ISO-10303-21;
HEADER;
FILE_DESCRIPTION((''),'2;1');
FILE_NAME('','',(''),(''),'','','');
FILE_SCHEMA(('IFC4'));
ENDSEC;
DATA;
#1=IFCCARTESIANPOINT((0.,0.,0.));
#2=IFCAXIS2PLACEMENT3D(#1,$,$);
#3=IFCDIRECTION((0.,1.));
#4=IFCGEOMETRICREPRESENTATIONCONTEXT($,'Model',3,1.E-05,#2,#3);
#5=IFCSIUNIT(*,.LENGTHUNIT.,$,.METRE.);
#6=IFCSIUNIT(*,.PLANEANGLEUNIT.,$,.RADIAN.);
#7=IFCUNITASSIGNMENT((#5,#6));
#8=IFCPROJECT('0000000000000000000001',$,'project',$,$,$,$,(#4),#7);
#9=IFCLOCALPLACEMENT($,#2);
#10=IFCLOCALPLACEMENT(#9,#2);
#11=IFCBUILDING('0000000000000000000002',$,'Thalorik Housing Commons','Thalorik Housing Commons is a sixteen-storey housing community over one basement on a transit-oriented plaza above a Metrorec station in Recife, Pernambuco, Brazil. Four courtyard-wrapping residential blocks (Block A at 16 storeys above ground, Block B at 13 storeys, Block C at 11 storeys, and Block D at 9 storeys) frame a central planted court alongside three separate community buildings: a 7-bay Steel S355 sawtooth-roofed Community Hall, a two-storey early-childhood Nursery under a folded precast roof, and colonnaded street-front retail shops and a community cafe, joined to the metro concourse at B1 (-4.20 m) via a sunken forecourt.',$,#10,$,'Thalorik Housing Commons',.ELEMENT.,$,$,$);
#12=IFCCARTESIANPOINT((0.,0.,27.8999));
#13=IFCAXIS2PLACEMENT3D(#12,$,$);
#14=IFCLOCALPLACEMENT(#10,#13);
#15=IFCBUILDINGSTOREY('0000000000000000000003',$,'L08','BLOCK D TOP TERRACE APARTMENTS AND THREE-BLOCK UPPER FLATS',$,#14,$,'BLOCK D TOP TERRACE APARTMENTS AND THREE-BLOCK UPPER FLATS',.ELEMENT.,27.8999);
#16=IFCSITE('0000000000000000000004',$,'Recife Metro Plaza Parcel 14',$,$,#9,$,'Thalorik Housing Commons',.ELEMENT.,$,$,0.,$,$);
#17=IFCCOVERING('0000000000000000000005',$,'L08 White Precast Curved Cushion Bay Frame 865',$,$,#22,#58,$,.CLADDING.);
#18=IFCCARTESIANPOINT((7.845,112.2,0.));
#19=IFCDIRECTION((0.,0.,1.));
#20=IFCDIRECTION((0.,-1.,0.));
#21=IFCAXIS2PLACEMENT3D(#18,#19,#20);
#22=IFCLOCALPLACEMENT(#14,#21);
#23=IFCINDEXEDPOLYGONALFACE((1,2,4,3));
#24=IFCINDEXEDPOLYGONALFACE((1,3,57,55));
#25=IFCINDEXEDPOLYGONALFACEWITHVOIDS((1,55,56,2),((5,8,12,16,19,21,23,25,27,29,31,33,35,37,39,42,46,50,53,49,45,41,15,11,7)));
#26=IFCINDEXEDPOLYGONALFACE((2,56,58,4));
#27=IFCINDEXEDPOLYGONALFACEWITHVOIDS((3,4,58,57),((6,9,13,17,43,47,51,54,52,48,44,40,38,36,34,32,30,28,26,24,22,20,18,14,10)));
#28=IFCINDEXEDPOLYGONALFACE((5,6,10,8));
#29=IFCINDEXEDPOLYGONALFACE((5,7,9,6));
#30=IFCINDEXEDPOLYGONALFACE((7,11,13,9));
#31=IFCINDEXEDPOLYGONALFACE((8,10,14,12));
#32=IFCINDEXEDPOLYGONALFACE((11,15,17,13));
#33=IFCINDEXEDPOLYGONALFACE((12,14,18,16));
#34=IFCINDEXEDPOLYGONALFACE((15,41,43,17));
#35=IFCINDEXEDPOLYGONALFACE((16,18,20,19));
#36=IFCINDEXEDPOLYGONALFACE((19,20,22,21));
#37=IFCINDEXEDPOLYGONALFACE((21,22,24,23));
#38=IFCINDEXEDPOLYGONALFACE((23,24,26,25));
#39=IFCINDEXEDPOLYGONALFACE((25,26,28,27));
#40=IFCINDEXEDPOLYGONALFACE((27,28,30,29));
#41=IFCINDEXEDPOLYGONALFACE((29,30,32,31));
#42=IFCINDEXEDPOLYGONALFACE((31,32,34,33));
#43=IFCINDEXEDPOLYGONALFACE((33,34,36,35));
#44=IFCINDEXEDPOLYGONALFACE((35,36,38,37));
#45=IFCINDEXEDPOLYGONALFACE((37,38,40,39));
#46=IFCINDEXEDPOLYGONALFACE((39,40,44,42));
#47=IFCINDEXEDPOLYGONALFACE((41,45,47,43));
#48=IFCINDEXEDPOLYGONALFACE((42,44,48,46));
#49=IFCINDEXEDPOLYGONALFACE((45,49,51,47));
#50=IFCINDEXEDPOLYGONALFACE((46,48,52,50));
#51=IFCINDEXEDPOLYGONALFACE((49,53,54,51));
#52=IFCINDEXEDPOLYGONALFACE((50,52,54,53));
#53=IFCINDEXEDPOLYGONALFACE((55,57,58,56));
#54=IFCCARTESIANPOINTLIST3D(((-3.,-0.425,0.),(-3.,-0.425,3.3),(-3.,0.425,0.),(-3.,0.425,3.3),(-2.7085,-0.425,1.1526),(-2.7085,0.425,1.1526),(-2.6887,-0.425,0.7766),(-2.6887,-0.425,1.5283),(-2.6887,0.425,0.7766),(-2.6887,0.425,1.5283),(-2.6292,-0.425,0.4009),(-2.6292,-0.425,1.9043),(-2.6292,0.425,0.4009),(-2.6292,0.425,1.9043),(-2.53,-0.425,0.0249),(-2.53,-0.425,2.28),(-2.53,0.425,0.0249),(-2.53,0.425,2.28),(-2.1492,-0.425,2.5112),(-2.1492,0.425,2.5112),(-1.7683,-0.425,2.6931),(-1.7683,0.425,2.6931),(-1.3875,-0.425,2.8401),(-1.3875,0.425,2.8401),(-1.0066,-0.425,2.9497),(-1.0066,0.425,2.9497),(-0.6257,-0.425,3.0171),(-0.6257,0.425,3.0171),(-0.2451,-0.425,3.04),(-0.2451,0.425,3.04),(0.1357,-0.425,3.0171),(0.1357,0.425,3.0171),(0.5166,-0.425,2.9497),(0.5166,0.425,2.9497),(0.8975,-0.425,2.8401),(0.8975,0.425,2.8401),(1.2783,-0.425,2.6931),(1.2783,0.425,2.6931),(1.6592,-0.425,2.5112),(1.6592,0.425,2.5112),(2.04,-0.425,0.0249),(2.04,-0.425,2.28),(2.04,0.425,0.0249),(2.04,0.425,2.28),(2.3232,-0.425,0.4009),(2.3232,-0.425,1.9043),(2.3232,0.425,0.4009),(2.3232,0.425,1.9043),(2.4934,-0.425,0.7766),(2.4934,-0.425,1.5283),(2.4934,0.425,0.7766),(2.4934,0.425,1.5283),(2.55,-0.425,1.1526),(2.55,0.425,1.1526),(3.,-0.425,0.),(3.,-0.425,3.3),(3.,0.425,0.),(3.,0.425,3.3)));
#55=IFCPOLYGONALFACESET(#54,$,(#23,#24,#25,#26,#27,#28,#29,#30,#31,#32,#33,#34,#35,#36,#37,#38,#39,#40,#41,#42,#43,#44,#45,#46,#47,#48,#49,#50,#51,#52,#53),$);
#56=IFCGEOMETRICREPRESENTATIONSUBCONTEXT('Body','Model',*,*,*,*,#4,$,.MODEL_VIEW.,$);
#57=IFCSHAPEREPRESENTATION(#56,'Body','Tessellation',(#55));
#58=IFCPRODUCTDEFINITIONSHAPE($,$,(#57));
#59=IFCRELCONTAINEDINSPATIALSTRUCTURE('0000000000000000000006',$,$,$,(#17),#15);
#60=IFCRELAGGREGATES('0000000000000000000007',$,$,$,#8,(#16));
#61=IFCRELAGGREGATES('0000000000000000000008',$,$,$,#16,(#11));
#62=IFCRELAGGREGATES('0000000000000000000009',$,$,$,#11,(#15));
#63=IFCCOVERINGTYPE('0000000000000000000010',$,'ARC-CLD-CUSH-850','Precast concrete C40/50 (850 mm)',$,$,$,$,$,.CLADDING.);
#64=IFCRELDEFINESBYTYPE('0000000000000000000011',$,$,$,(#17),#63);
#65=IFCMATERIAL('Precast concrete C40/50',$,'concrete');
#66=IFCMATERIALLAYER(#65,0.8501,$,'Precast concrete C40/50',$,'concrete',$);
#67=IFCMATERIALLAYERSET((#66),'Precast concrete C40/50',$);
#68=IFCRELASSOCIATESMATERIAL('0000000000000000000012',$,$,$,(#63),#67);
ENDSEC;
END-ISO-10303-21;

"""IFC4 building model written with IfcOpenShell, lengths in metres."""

from ifc_helpers import new_model, si_unit, direction, frame, origin, place, context, subcontext, project, spatial, polyline, outline, extrude, material, layer, layer_set, type_object, element, save


model = new_model("IFC4")

# Units and contexts
model_context = context("Model", 3, precision=1e-05, world=origin(), true_north=direction((0.0, 1.0)))
body_context = subcontext(model_context, "Body", "Model", "MODEL_VIEW")
ifc_project = project(units=[si_unit("LENGTHUNIT", "METRE"), si_unit("PLANEANGLEUNIT", "RADIAN")], contexts=[model_context])

# Site, building, storey
site_placement = place(None, origin())
site = spatial("IfcSite", under=ifc_project, at=site_placement, Name="Recife Metro Plaza Parcel 14", LongName="Thalorik Housing Commons", CompositionType="ELEMENT", RefElevation=0.0)
building_placement = place(site_placement, origin())
building = spatial("IfcBuilding", under=site, at=building_placement, Name="Thalorik Housing Commons", Description="Thalorik Housing Commons is a sixteen-storey housing community over one basement on a transit-oriented plaza above a Metrorec station in Recife, Pernambuco, Brazil. Four courtyard-wrapping residential blocks (Block A at 16 storeys above ground, Block B at 13 storeys, Block C at 11 storeys, and Block D at 9 storeys) frame a central planted court alongside three separate community buildings: a 7-bay Steel S355 sawtooth-roofed Community Hall, a two-storey early-childhood Nursery under a folded precast roof, and colonnaded street-front retail shops and a community cafe, joined to the metro concourse at B1 (-4.20 m) via a sunken forecourt.", LongName="Thalorik Housing Commons", CompositionType="ELEMENT")
storey_placement = place(building_placement, frame((0.0, 0.0, 27.8999)))
storey = spatial("IfcBuildingStorey", under=building, at=storey_placement, Name="L08", Description="BLOCK D TOP TERRACE APARTMENTS AND THREE-BLOCK UPPER FLATS", LongName="BLOCK D TOP TERRACE APARTMENTS AND THREE-BLOCK UPPER FLATS", CompositionType="ELEMENT", Elevation=27.8999)

# Shared definitions
ifc_material_1 = material(Name="Precast concrete C40/50", Category="concrete")

# Covering
ifc_layer_1 = layer(ifc_material_1, 0.8501, Name="Precast concrete C40/50", Category="concrete")
ifc_layer_set_1 = layer_set([ifc_layer_1], Name="Precast concrete C40/50")
covering_type_1 = type_object("IfcCoveringType", Name="ARC-CLD-CUSH-850", Description="Precast concrete C40/50 (850 mm)", PredefinedType="CLADDING", material=ifc_layer_set_1)
covering_1_placement = place(storey_placement, frame((7.845, 112.2, 0.0), z_axis=(0.0, 0.0, 1.0), x_axis=(0.0, -1.0, 0.0)))
element("IfcCovering", 1, at=covering_1_placement, inside=storey, type_object=covering_type_1, Name="L08 White Precast Curved Cushion Bay Frame 865", PredefinedType="CLADDING", context=body_context, shape_type="SweptSolid", body=[
    extrude(outline(polyline([(-3.0, 0.0), (3.0, 0.0), (3.0, 3.3), (-3.0, 3.3), (-3.0, 0.0)]), holes=[polyline([(2.04, 0.0249), (2.3232, 0.4009), (2.4934, 0.7766), (2.55, 1.1526), (2.4934, 1.5283), (2.3232, 1.9043), (2.04, 2.28), (1.6592, 2.5112), (1.2783, 2.6931), (0.8975, 2.8401), (0.5166, 2.9497), (0.1357, 3.0171), (-0.2451, 3.04), (-0.6257, 3.0171), (-1.0066, 2.9497), (-1.3875, 2.8401), (-1.7683, 2.6931), (-2.1492, 2.5112), (-2.53, 2.28), (-2.6292, 1.9043), (-2.6887, 1.5283), (-2.7085, 1.1526), (-2.6887, 0.7766), (-2.6292, 0.4009), (-2.53, 0.0249), (2.04, 0.0249)])]), frame((0.0, 0.425, 0.0), z_axis=(0.0, -1.0, 0.0), x_axis=(1.0, 0.0, 0.0)), (0.0, 0.0, 1.0), 0.8501),
])

save(model, "model.ifc")
